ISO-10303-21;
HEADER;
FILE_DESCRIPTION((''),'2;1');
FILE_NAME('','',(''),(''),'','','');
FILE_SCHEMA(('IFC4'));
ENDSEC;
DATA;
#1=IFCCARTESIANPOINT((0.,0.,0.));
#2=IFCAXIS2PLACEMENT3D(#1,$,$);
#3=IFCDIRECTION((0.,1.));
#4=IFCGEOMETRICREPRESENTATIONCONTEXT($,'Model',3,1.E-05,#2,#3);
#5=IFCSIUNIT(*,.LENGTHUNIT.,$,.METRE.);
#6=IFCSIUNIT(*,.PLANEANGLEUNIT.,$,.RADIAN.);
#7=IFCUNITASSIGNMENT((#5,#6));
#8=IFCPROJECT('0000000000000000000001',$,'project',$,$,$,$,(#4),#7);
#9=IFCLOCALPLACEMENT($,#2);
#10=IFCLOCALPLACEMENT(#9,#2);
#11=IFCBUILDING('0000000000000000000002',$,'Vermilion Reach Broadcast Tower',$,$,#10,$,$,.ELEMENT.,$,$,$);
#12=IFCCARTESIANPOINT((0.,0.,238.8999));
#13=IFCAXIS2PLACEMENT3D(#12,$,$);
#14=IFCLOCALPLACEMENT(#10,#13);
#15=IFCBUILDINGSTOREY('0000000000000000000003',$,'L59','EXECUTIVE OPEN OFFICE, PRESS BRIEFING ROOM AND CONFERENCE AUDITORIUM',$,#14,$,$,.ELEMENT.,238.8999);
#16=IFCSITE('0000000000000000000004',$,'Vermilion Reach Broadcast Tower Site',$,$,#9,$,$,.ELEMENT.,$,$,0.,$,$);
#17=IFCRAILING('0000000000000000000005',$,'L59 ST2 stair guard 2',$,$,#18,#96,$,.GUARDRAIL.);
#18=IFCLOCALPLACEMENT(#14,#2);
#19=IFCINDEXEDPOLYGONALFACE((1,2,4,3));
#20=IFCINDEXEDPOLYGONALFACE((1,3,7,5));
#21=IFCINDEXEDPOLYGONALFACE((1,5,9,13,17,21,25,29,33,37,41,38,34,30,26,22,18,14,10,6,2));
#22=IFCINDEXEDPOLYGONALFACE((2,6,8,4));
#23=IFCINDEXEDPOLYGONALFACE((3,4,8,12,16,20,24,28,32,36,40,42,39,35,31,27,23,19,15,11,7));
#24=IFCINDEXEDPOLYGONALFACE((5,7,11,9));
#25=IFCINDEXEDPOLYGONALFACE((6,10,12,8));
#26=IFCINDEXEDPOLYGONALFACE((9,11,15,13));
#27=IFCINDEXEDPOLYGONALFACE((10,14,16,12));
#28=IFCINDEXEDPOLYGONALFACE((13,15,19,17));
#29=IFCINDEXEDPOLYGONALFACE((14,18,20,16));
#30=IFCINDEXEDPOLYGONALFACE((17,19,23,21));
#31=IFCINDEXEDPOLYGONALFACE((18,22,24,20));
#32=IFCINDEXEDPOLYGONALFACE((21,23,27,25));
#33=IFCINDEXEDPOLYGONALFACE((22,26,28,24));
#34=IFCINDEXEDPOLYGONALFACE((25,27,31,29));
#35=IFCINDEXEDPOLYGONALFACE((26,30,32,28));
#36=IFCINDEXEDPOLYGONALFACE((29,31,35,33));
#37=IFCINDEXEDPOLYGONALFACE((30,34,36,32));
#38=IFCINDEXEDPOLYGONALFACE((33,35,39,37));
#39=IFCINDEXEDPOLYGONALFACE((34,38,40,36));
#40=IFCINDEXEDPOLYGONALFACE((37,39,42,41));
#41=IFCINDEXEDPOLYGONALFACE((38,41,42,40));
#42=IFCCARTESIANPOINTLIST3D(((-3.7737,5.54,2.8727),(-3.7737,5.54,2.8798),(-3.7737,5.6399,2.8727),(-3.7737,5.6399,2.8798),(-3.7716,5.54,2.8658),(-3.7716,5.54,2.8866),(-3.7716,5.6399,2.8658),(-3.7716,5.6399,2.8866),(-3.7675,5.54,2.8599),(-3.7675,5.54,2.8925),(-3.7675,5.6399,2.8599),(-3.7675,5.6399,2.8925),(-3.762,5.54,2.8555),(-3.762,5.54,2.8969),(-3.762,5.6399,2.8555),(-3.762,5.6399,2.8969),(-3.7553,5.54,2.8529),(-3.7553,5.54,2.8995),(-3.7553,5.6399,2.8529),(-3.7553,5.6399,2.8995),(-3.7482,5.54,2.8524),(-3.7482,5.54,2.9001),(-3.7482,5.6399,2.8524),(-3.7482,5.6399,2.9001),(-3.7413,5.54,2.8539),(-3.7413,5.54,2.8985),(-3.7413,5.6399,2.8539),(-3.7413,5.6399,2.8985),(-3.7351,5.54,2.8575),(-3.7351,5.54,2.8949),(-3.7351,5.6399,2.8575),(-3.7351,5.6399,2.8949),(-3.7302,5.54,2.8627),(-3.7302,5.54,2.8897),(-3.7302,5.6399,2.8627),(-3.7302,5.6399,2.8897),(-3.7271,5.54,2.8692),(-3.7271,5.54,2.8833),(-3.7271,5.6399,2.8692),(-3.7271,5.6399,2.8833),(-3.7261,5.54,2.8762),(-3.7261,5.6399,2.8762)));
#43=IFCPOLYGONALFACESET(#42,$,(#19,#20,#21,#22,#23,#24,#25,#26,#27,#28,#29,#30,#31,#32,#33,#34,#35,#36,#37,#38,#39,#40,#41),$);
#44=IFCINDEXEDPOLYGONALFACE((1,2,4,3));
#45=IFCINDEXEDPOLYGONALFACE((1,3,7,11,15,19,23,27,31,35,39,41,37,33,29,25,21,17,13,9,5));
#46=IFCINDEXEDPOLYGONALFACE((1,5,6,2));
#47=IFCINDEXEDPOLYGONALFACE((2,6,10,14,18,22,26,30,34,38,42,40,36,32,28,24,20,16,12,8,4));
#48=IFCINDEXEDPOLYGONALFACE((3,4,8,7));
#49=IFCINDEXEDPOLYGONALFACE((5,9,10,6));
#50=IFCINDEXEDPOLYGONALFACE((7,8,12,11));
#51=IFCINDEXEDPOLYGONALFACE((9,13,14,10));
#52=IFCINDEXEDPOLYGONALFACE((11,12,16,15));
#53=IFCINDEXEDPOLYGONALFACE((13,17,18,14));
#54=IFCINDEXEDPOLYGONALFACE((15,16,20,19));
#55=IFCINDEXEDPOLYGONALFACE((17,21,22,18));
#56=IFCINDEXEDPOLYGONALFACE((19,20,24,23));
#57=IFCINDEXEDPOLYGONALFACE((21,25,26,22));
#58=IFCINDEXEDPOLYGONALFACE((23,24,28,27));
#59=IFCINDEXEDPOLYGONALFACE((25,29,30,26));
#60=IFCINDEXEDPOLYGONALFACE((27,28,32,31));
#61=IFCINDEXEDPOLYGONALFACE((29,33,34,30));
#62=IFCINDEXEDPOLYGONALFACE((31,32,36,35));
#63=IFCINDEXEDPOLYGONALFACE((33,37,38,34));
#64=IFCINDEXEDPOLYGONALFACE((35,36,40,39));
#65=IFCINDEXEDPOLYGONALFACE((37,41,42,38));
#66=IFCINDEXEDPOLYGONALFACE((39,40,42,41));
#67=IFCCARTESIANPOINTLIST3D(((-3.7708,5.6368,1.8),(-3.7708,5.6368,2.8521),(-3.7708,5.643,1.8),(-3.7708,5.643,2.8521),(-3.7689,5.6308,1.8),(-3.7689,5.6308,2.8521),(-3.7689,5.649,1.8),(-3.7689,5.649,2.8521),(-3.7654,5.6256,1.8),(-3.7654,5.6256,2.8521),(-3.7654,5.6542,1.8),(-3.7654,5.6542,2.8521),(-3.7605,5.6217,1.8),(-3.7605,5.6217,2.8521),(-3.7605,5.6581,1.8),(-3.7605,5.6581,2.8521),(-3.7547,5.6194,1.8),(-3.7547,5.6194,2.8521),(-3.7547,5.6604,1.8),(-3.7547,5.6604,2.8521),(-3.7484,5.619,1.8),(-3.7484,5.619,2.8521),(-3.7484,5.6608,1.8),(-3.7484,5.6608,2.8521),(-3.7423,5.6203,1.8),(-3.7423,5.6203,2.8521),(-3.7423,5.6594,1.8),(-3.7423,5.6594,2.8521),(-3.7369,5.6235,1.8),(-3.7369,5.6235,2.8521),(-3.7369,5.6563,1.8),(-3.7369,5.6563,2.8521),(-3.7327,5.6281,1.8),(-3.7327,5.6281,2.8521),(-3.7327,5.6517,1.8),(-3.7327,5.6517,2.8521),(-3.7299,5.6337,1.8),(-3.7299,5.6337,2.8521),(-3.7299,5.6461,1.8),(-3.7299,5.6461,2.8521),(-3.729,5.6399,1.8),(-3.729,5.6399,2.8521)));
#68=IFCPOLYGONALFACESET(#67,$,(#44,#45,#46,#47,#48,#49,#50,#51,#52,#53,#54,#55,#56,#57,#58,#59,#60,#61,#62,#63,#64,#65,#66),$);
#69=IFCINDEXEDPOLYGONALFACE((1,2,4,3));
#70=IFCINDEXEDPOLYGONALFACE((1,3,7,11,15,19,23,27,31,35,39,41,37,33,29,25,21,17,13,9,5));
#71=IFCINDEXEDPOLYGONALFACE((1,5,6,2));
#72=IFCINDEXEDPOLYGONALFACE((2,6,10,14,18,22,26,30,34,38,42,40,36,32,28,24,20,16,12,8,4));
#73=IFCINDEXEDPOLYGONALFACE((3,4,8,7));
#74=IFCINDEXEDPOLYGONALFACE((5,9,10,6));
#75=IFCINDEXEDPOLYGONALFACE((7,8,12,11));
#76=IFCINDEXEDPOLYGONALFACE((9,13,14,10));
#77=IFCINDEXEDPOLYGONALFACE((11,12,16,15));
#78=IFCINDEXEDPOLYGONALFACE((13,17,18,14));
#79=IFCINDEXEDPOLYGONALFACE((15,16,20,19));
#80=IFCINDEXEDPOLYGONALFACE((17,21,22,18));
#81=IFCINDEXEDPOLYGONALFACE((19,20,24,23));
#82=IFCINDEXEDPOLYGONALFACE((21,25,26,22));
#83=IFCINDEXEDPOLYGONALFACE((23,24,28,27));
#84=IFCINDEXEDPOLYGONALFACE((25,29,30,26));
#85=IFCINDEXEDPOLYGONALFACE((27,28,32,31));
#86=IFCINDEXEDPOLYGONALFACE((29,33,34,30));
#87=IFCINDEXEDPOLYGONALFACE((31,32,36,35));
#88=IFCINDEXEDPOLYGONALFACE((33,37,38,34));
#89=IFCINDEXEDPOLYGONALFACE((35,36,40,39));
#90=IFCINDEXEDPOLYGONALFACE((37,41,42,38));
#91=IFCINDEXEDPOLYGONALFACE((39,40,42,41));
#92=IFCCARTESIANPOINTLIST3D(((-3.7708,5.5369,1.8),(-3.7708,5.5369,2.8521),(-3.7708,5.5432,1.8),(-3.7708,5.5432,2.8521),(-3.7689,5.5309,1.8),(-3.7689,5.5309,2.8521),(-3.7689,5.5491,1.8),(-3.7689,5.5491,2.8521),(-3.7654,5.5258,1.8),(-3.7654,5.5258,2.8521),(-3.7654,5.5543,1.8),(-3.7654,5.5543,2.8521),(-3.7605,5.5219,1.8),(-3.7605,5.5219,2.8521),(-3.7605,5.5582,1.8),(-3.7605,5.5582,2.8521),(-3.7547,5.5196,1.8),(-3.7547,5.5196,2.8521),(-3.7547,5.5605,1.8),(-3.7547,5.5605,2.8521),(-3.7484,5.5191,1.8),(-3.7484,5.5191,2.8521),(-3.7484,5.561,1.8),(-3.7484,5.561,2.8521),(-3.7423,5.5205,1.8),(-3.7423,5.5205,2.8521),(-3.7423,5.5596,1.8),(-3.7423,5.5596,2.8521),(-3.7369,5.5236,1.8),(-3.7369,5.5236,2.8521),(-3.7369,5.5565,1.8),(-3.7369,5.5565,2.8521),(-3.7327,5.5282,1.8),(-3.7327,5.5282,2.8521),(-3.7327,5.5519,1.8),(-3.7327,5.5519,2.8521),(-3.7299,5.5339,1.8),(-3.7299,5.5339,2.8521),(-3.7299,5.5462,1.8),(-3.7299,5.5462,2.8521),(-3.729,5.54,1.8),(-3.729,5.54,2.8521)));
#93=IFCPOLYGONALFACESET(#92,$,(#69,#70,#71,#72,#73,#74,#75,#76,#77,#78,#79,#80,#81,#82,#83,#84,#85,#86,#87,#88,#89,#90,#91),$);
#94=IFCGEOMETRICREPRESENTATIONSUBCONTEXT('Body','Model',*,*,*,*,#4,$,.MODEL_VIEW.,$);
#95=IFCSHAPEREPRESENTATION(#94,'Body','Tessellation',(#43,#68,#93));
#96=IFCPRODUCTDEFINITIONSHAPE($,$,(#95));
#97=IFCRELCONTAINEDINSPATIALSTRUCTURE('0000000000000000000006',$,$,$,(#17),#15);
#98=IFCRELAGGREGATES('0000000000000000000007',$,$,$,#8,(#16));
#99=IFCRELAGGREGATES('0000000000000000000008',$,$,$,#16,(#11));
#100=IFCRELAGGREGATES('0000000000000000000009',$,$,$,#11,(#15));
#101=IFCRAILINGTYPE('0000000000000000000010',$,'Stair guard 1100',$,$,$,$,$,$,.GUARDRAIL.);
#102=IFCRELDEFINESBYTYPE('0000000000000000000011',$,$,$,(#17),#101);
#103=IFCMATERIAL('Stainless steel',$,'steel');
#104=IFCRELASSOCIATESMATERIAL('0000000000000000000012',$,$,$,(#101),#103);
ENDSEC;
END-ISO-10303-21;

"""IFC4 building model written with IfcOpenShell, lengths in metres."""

from ifc_helpers import new_model, si_unit, direction, frame, origin, origin_2d, place, context, subcontext, project, spatial, circle, extrude, material, type_object, element, save


model = new_model("IFC4")

# Units and contexts
model_context = context("Model", 3, precision=1e-05, world=origin(), true_north=direction((0.0, 1.0)))
body_context = subcontext(model_context, "Body", "Model", "MODEL_VIEW")
ifc_project = project(units=[si_unit("LENGTHUNIT", "METRE"), si_unit("PLANEANGLEUNIT", "RADIAN")], contexts=[model_context])

# Site, building, storey
site_placement = place(None, origin())
site = spatial("IfcSite", under=ifc_project, at=site_placement, Name="Vermilion Reach Broadcast Tower Site", CompositionType="ELEMENT", RefElevation=0.0)
building_placement = place(site_placement, origin())
building = spatial("IfcBuilding", under=site, at=building_placement, Name="Vermilion Reach Broadcast Tower", CompositionType="ELEMENT")
storey_placement = place(building_placement, frame((0.0, 0.0, 238.8999)))
storey = spatial("IfcBuildingStorey", under=building, at=storey_placement, Name="L59", Description="EXECUTIVE OPEN OFFICE, PRESS BRIEFING ROOM AND CONFERENCE AUDITORIUM", CompositionType="ELEMENT", Elevation=238.8999)

# Railing
ifc_material_1 = material(Name="Stainless steel", Category="steel")
railing_type_1 = type_object("IfcRailingType", Name="Stair guard 1100", PredefinedType="GUARDRAIL", material=ifc_material_1)
railing_1_placement = place(storey_placement, frame((-3.75, 5.6399, 1.8)))
element("IfcRailing", 1, at=railing_1_placement, inside=storey, type_object=railing_type_1, Name="L59 ST2 stair guard 2", PredefinedType="GUARDRAIL", context=body_context, shape_type="SweptSolid", body=[
    extrude(circle(Radius=0.0239, at=origin_2d()), frame((0.0, 0.0, 1.0762), z_axis=(0.0, -1.0, 0.0), x_axis=(1.0, 0.0, 0.0)), (0.0, 0.0, 1.0), 0.0999),
    extrude(circle(Radius=0.021, at=origin_2d()), origin(), (0.0, 0.0, 1.0), 1.052),
    extrude(circle(Radius=0.021, at=origin_2d()), frame((0.0, -0.0999, 0.0)), (0.0, 0.0, 1.0), 1.052),
])

save(model, "model.ifc")
